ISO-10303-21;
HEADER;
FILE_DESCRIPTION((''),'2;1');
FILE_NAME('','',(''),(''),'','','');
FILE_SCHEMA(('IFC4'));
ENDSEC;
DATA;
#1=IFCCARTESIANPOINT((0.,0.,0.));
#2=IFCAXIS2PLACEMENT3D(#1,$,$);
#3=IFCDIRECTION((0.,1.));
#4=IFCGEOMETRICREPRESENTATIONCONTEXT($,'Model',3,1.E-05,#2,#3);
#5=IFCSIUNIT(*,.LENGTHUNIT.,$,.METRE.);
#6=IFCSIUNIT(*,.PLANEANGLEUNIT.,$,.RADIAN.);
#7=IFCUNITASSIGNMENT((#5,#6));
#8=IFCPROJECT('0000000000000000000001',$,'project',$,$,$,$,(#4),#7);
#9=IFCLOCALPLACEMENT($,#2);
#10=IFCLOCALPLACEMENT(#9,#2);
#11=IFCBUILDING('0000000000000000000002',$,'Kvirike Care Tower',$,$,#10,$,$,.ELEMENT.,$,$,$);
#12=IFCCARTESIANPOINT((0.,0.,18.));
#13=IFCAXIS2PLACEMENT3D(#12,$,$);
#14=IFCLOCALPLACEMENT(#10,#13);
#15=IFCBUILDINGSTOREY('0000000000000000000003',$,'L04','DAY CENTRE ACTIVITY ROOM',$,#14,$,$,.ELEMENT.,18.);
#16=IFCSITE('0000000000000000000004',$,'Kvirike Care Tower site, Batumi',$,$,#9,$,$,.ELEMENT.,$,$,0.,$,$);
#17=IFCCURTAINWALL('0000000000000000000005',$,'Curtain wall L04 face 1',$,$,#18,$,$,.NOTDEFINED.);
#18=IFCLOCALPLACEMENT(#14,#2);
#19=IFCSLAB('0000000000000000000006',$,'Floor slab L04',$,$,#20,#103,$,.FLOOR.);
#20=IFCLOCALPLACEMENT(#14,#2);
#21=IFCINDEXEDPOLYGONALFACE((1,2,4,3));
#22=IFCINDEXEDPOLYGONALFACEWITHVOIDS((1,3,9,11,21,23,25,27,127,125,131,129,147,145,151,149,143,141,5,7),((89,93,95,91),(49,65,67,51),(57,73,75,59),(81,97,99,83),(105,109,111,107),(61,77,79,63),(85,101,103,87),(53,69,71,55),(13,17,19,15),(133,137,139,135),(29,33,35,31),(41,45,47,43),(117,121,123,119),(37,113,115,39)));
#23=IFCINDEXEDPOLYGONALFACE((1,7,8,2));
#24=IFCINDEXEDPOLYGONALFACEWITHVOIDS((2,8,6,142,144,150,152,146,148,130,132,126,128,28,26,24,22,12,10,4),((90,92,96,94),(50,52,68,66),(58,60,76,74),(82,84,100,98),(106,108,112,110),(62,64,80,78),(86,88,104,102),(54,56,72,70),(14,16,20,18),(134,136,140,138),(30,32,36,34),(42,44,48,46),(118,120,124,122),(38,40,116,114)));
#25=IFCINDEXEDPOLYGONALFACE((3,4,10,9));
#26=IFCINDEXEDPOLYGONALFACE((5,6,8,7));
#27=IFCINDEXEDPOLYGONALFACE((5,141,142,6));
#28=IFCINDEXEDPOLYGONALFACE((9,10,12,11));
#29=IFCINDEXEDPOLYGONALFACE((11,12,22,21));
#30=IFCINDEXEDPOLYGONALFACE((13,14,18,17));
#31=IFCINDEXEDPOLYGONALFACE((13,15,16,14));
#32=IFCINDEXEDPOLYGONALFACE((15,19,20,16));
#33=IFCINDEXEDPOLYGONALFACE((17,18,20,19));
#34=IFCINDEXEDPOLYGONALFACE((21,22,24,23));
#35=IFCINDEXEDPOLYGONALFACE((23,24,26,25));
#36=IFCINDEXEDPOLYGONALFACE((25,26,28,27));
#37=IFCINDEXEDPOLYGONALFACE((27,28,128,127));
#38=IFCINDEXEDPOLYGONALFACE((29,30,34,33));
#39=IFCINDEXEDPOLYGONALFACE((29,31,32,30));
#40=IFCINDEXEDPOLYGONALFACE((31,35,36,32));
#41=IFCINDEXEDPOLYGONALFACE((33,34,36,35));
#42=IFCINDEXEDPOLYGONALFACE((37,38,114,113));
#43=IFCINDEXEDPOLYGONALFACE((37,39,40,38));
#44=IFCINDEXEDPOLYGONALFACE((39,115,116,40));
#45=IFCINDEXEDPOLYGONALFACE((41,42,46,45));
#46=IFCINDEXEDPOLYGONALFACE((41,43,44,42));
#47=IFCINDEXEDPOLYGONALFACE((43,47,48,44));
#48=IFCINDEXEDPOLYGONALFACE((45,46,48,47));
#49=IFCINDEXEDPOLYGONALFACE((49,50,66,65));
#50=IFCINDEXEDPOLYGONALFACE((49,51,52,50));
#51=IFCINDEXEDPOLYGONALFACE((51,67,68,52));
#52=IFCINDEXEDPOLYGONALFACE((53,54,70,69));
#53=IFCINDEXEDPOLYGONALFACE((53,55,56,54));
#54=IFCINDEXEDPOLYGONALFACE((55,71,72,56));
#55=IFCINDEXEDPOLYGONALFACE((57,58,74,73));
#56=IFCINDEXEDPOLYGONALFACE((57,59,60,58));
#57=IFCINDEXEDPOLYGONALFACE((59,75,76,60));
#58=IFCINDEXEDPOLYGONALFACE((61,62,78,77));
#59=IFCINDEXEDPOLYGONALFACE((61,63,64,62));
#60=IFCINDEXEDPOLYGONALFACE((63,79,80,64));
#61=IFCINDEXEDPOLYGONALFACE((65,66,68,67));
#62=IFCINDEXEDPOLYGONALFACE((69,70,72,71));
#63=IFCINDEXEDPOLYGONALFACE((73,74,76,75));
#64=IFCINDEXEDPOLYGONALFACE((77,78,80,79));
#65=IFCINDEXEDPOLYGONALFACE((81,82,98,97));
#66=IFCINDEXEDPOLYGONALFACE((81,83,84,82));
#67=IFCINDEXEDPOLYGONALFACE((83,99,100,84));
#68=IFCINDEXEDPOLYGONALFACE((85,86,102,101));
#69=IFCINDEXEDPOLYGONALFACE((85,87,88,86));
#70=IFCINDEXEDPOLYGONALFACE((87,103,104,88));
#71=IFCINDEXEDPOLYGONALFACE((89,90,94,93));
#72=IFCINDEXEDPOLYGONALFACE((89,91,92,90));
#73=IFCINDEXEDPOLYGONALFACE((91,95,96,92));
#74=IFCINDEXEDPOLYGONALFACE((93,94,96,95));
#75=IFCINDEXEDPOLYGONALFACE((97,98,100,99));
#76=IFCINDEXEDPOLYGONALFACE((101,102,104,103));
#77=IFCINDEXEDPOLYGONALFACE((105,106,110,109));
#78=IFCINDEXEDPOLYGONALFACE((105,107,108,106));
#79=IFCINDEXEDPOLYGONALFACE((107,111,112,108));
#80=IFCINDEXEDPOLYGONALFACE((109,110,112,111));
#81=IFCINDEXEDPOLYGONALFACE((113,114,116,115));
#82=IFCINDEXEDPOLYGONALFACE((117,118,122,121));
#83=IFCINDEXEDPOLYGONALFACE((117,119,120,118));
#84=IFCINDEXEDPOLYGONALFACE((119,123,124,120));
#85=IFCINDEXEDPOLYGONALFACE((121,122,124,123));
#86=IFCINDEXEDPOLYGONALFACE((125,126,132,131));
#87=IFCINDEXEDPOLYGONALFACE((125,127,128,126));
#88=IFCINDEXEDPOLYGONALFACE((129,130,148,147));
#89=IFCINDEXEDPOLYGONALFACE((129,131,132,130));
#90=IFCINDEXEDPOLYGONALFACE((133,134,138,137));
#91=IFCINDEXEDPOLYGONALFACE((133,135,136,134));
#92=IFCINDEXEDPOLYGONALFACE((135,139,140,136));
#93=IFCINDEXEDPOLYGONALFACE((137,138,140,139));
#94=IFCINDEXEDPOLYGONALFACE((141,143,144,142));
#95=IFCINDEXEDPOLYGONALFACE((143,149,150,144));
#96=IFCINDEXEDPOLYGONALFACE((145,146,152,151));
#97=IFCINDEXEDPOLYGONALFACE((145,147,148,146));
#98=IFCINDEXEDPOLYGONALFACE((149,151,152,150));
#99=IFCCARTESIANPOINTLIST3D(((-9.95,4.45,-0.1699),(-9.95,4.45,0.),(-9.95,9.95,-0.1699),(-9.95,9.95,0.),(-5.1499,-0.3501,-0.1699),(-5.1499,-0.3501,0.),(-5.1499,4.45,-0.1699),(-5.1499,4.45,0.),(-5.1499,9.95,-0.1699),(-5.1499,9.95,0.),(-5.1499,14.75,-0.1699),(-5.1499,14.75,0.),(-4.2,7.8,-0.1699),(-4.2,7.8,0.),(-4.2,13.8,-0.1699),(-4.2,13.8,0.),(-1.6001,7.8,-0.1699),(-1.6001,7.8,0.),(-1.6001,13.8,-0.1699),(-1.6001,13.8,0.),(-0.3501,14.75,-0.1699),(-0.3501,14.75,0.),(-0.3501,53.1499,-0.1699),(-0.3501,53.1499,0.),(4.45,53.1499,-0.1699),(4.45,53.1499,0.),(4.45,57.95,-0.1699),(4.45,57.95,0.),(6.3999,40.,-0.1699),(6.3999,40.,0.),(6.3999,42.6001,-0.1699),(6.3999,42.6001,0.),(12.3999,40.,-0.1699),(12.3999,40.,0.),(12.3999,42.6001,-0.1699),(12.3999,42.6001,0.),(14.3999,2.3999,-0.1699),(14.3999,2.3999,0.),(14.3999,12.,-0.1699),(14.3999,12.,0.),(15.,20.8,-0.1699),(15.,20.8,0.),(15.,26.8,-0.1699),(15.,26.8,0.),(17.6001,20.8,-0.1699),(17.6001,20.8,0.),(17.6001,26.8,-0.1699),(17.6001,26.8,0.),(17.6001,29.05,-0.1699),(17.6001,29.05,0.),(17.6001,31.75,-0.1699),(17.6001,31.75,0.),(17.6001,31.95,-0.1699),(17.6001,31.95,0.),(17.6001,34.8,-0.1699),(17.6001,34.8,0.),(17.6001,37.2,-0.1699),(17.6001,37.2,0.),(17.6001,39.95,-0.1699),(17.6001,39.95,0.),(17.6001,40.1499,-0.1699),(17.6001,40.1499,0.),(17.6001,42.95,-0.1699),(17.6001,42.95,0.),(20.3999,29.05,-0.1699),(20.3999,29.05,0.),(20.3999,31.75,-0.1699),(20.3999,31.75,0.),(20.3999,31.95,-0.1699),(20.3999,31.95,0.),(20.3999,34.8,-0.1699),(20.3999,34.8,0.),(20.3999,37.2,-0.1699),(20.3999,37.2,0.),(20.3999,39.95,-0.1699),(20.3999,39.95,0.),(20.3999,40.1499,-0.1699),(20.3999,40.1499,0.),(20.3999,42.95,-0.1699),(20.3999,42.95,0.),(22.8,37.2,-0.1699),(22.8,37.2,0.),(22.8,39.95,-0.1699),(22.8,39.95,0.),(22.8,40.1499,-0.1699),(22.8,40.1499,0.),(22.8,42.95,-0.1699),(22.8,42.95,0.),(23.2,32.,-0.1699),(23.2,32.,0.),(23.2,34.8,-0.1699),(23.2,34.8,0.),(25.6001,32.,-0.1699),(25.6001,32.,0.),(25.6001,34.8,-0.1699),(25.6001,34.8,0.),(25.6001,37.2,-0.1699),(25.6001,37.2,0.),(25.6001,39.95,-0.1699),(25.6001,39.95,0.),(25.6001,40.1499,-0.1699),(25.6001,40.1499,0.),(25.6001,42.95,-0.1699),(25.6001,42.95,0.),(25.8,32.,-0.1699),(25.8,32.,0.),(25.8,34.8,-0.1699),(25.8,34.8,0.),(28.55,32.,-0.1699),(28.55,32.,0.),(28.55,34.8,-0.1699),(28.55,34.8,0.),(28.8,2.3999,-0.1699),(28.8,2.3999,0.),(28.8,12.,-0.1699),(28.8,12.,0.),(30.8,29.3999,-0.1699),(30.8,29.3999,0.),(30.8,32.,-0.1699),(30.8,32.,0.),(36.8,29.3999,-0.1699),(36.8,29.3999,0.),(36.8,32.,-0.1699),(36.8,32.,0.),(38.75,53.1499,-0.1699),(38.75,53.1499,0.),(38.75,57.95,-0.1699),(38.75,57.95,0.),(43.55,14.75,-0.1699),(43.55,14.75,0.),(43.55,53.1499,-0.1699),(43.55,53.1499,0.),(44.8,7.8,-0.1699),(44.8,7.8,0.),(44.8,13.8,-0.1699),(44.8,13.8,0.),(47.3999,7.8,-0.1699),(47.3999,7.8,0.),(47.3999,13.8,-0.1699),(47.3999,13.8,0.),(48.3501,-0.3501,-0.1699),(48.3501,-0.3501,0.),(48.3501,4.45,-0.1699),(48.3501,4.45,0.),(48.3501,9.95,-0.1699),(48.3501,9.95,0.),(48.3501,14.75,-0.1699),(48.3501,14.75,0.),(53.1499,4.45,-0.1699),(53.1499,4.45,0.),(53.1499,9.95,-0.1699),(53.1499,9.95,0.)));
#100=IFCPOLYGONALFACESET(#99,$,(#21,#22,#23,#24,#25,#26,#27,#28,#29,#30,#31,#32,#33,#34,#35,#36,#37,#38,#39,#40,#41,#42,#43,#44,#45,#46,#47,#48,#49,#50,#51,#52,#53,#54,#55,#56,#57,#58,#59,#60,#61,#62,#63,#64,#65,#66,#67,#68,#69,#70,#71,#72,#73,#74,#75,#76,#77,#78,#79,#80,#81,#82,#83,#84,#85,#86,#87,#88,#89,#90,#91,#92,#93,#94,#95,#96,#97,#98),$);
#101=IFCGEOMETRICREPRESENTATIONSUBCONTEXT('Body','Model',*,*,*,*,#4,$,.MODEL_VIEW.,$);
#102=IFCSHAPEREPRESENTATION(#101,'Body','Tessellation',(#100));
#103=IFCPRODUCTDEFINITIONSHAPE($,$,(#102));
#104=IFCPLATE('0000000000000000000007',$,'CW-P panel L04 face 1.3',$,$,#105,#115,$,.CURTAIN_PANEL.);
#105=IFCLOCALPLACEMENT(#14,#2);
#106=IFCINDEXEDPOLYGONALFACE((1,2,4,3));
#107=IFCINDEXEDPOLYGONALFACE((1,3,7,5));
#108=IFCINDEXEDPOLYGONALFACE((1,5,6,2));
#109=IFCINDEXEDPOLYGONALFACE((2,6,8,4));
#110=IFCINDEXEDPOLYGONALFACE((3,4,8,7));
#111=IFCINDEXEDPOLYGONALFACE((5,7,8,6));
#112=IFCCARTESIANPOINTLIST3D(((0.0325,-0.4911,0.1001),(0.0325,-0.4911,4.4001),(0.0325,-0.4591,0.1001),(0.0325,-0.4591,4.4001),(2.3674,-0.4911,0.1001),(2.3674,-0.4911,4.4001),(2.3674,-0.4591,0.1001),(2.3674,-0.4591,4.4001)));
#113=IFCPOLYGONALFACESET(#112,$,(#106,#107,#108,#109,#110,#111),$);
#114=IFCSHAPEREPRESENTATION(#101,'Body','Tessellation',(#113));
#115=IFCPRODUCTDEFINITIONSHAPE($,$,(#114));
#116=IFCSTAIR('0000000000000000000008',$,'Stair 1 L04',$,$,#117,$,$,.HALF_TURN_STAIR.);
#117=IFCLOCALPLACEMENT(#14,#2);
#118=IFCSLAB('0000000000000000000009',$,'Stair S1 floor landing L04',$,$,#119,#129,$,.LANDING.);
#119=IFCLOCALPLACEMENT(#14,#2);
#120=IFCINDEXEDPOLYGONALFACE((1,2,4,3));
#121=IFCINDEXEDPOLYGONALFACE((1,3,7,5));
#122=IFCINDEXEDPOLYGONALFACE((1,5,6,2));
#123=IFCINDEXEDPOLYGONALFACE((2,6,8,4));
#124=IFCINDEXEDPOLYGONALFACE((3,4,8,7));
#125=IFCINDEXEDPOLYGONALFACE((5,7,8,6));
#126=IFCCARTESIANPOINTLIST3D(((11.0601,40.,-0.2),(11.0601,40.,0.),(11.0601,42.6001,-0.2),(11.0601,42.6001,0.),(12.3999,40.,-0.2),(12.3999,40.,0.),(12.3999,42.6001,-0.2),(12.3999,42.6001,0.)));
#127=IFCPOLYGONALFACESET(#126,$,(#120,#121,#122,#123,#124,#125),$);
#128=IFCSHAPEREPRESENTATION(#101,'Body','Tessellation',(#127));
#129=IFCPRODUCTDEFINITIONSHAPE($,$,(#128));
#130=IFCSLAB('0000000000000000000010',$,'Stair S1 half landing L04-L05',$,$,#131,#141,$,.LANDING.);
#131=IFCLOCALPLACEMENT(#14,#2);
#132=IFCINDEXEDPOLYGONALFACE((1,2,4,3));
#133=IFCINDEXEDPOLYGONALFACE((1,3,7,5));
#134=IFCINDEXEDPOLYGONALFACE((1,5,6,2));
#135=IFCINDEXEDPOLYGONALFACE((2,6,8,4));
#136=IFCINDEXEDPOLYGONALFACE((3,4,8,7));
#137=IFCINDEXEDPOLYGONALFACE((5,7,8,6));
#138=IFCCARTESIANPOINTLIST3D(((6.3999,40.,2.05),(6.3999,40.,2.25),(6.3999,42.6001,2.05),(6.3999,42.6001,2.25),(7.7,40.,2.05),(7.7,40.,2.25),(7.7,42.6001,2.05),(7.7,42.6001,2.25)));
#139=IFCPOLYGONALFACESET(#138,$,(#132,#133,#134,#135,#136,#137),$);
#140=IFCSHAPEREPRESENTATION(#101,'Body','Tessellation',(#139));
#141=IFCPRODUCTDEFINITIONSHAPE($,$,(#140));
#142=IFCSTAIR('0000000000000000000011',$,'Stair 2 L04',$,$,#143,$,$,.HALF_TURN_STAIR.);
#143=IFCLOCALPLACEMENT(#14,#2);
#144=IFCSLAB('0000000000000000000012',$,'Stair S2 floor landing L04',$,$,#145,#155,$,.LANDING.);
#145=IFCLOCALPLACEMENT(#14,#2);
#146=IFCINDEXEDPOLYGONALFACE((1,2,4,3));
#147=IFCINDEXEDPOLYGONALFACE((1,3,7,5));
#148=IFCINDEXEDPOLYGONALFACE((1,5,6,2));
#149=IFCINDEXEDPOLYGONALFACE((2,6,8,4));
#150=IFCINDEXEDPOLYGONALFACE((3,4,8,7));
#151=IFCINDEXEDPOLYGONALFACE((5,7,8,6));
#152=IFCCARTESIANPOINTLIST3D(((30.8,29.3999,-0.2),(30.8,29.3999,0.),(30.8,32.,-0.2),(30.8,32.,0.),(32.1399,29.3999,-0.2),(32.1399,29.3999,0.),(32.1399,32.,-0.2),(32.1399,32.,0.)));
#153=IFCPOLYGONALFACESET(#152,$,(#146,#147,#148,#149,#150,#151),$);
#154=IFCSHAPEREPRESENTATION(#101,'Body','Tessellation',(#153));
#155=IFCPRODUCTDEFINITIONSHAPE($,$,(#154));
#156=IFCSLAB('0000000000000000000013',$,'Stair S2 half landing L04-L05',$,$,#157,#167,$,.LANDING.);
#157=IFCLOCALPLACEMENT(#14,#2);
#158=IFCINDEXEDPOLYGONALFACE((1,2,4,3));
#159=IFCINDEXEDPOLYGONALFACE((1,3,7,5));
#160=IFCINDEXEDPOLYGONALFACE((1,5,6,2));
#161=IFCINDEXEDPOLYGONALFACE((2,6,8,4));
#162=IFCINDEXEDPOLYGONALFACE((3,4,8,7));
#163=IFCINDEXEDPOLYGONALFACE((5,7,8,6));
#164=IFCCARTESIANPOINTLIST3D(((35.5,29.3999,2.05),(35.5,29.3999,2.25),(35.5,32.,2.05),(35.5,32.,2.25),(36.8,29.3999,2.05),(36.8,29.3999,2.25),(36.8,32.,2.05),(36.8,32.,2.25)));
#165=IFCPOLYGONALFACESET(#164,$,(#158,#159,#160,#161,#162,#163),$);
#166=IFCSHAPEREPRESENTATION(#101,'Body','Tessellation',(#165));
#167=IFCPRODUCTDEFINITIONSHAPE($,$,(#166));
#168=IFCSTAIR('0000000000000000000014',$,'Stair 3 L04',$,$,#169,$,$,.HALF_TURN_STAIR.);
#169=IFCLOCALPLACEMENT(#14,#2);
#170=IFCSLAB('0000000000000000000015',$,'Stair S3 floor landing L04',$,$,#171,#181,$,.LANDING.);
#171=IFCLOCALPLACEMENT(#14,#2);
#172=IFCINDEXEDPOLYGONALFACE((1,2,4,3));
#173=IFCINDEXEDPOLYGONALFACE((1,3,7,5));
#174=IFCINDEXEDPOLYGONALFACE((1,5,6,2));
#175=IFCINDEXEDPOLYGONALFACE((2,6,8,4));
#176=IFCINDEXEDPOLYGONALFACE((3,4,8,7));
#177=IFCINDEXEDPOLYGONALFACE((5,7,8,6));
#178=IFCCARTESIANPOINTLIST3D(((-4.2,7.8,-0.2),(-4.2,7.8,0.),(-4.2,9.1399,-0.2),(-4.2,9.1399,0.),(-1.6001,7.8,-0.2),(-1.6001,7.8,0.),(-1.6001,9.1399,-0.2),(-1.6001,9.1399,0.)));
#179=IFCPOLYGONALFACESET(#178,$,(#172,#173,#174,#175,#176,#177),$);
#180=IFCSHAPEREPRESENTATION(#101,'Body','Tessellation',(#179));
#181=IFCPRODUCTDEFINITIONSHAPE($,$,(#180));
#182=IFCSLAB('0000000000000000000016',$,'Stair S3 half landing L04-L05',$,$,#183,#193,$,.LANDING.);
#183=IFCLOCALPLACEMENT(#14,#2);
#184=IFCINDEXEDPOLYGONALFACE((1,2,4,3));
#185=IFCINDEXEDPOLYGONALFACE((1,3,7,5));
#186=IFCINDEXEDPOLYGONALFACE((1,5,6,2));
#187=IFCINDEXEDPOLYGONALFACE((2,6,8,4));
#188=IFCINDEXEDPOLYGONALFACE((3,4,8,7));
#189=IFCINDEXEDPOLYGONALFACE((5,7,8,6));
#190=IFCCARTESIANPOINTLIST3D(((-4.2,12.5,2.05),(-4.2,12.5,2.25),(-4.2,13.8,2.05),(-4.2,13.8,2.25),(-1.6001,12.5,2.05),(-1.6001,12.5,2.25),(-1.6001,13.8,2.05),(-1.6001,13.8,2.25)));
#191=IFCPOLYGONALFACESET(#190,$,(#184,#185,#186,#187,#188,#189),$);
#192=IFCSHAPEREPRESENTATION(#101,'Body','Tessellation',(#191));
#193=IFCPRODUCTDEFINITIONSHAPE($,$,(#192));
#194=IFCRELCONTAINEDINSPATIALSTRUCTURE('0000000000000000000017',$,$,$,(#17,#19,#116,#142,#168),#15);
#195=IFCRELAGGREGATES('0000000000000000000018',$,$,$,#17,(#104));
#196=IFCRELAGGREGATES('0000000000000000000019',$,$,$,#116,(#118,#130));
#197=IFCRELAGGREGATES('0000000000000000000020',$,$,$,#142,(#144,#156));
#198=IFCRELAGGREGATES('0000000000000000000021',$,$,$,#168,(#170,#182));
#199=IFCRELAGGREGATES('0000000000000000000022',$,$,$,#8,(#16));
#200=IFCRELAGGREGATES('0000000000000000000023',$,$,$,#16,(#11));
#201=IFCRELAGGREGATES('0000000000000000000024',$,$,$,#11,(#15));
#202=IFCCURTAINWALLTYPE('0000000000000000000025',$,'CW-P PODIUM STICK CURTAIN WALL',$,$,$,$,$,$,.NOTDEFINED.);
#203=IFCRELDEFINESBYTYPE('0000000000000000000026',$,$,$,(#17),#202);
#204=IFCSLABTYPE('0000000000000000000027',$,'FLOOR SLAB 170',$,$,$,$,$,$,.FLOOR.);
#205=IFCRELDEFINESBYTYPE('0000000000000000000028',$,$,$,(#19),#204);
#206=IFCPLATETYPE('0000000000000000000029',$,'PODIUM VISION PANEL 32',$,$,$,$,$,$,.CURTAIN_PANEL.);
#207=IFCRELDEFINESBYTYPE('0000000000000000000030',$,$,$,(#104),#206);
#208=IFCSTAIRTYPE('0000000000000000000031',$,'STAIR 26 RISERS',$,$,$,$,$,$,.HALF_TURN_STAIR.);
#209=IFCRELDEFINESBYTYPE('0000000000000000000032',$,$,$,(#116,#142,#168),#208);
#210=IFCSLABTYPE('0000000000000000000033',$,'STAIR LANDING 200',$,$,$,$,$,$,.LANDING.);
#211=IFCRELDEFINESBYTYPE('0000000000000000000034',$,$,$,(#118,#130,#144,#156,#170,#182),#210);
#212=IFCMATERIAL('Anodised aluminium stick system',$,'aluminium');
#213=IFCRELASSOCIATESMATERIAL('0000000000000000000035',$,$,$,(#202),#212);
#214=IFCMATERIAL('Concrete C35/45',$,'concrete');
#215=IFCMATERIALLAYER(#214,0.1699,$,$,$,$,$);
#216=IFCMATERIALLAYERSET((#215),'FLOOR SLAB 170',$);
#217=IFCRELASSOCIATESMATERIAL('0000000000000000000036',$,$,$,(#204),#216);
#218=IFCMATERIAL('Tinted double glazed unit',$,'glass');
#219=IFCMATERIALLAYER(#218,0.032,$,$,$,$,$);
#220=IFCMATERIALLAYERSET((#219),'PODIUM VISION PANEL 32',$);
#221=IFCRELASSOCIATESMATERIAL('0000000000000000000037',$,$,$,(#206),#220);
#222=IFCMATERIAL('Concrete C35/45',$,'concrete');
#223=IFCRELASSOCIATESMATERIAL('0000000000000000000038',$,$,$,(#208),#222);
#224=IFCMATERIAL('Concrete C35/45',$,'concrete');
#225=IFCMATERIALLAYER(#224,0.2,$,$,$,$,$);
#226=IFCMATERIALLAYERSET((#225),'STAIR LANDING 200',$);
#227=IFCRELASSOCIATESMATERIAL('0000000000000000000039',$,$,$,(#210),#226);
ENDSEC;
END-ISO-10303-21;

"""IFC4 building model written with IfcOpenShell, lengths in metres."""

from ifc_helpers import new_model, si_unit, direction, frame, origin, origin_2d, place, context, subcontext, project, spatial, polyline, rectangle, outline, extrude, material, layer, layer_set, type_object, element, aggregate, save


model = new_model("IFC4")

# Units and contexts
model_context = context("Model", 3, precision=1e-05, world=origin(), true_north=direction((0.0, 1.0)))
body_context = subcontext(model_context, "Body", "Model", "MODEL_VIEW")
ifc_project = project(units=[si_unit("LENGTHUNIT", "METRE"), si_unit("PLANEANGLEUNIT", "RADIAN")], contexts=[model_context])

# Site, building, storey
site_placement = place(None, origin())
site = spatial("IfcSite", under=ifc_project, at=site_placement, Name="Kvirike Care Tower site, Batumi", CompositionType="ELEMENT", RefElevation=0.0)
building_placement = place(site_placement, origin())
building = spatial("IfcBuilding", under=site, at=building_placement, Name="Kvirike Care Tower", CompositionType="ELEMENT")
storey_placement = place(building_placement, frame((0.0, 0.0, 18.0)))
storey = spatial("IfcBuildingStorey", under=building, at=storey_placement, Name="L04", Description="DAY CENTRE ACTIVITY ROOM", CompositionType="ELEMENT", Elevation=18.0)

# Curtain wall
ifc_material_1 = material(Name="Anodised aluminium stick system", Category="aluminium")
curtain_wall_type = type_object("IfcCurtainWallType", Name="CW-P PODIUM STICK CURTAIN WALL", PredefinedType="NOTDEFINED", material=ifc_material_1)
curtain_wall_placement = place(storey_placement, origin())
curtain_wall = element("IfcCurtainWall", 1, at=curtain_wall_placement, inside=storey, type_object=curtain_wall_type, Name="Curtain wall L04 face 1", PredefinedType="NOTDEFINED")

# Slab
ifc_material_2 = material(Name="Concrete C35/45", Category="concrete")
ifc_layer_1 = layer(ifc_material_2, 0.1699)
ifc_layer_set_1 = layer_set([ifc_layer_1], Name="FLOOR SLAB 170")
slab_type_1 = type_object("IfcSlabType", Name="FLOOR SLAB 170", PredefinedType="FLOOR", material=ifc_layer_set_1)
slab_1_placement = place(storey_placement, frame((0.0, 0.0, -0.1699)))
element("IfcSlab", 2, at=slab_1_placement, inside=storey, type_object=slab_type_1, Name="Floor slab L04", PredefinedType="FLOOR", context=body_context, shape_type="SweptSolid", body=[
    extrude(outline(polyline([(-5.1499, -0.3501), (48.3501, -0.3501), (48.3501, 4.45), (53.1499, 4.45), (53.1499, 9.95), (48.3501, 9.95), (48.3501, 14.75), (43.55, 14.75), (43.55, 53.1499), (38.75, 53.1499), (38.75, 57.95), (4.45, 57.95), (4.45, 53.1499), (-0.3501, 53.1499), (-0.3501, 14.75), (-5.1499, 14.75), (-5.1499, 9.95), (-9.95, 9.95), (-9.95, 4.45), (-5.1499, 4.45), (-5.1499, -0.3501)]), holes=[polyline([(17.6001, 29.05), (17.6001, 31.75), (20.3999, 31.75), (20.3999, 29.05), (17.6001, 29.05)]), polyline([(17.6001, 31.95), (17.6001, 34.8), (20.3999, 34.8), (20.3999, 31.95), (17.6001, 31.95)]), polyline([(17.6001, 37.2), (17.6001, 39.95), (20.3999, 39.95), (20.3999, 37.2), (17.6001, 37.2)]), polyline([(17.6001, 40.1499), (17.6001, 42.95), (20.3999, 42.95), (20.3999, 40.1499), (17.6001, 40.1499)]), polyline([(22.8, 37.2), (22.8, 39.95), (25.6001, 39.95), (25.6001, 37.2), (22.8, 37.2)]), polyline([(22.8, 40.1499), (22.8, 42.95), (25.6001, 42.95), (25.6001, 40.1499), (22.8, 40.1499)]), polyline([(23.2, 32.0), (23.2, 34.8), (25.6001, 34.8), (25.6001, 32.0), (23.2, 32.0)]), polyline([(25.8, 32.0), (25.8, 34.8), (28.55, 34.8), (28.55, 32.0), (25.8, 32.0)]), polyline([(14.3999, 2.3999), (14.3999, 12.0), (28.8, 12.0), (28.8, 2.3999), (14.3999, 2.3999)]), polyline([(12.3999, 42.6001), (12.3999, 40.0), (6.3999, 40.0), (6.3999, 42.6001), (12.3999, 42.6001)]), polyline([(30.8, 29.3999), (30.8, 32.0), (36.8, 32.0), (36.8, 29.3999), (30.8, 29.3999)]), polyline([(-1.6001, 13.8), (-1.6001, 7.8), (-4.2, 7.8), (-4.2, 13.8), (-1.6001, 13.8)]), polyline([(47.3999, 13.8), (47.3999, 7.8), (44.8, 7.8), (44.8, 13.8), (47.3999, 13.8)]), polyline([(15.0, 26.8), (17.6001, 26.8), (17.6001, 20.8), (15.0, 20.8), (15.0, 26.8)])]), origin(), (0.0, 0.0, 1.0), 0.1699),
])

# Plate
ifc_material_3 = material(Name="Tinted double glazed unit", Category="glass")
ifc_layer_2 = layer(ifc_material_3, 0.032)
ifc_layer_set_2 = layer_set([ifc_layer_2], Name="PODIUM VISION PANEL 32")
plate_type = type_object("IfcPlateType", Name="PODIUM VISION PANEL 32", PredefinedType="CURTAIN_PANEL", material=ifc_layer_set_2)
plate_placement = place(storey_placement, frame((1.2, -0.4751, 0.1001), z_axis=(0.0, 0.0, 1.0), x_axis=(1.0, 0.0, 0.0)))
plate = element("IfcPlate", 3, at=plate_placement, type_object=plate_type, Name="CW-P panel L04 face 1.3", PredefinedType="CURTAIN_PANEL", context=body_context, shape_type="SweptSolid", body=[
    extrude(rectangle(XDim=2.335, YDim=0.032, at=origin_2d()), origin(), (0.0, 0.0, 1.0), 4.3),
])
aggregate(curtain_wall, [plate])

# Stairs, slabs
ifc_material_4 = material(Name="Concrete C35/45", Category="concrete")
stair_type = type_object("IfcStairType", Name="STAIR 26 RISERS", PredefinedType="HALF_TURN_STAIR", material=ifc_material_4)
stair_1_placement = place(storey_placement, origin())
stair_1 = element("IfcStair", 4, at=stair_1_placement, inside=storey, type_object=stair_type, Name="Stair 1 L04", PredefinedType="HALF_TURN_STAIR")
ifc_material_5 = material(Name="Concrete C35/45", Category="concrete")
ifc_layer_3 = layer(ifc_material_5, 0.2)
ifc_layer_set_3 = layer_set([ifc_layer_3], Name="STAIR LANDING 200")
slab_type_2 = type_object("IfcSlabType", Name="STAIR LANDING 200", PredefinedType="LANDING", material=ifc_layer_set_3)
slab_2_placement = place(storey_placement, frame((0.0, 0.0, -0.2)))
slab_2 = element("IfcSlab", 5, at=slab_2_placement, type_object=slab_type_2, Name="Stair S1 floor landing L04", PredefinedType="LANDING", context=body_context, shape_type="SweptSolid", body=[
    extrude(outline(polyline([(11.0601, 42.6001), (11.0601, 40.0), (12.3999, 40.0), (12.3999, 42.6001), (11.0601, 42.6001)])), origin(), (0.0, 0.0, 1.0), 0.2),
])
slab_3_placement = place(storey_placement, frame((0.0, 0.0, 2.05)))
slab_3 = element("IfcSlab", 6, at=slab_3_placement, type_object=slab_type_2, Name="Stair S1 half landing L04-L05", PredefinedType="LANDING", context=body_context, shape_type="SweptSolid", body=[
    extrude(outline(polyline([(6.3999, 42.6001), (6.3999, 40.0), (7.7, 40.0), (7.7, 42.6001), (6.3999, 42.6001)])), origin(), (0.0, 0.0, 1.0), 0.2),
])
aggregate(stair_1, [slab_2, slab_3])
stair_2_placement = place(storey_placement, origin())
stair_2 = element("IfcStair", 7, at=stair_2_placement, inside=storey, type_object=stair_type, Name="Stair 2 L04", PredefinedType="HALF_TURN_STAIR")
slab_4_placement = place(storey_placement, frame((0.0, 0.0, -0.2)))
slab_4 = element("IfcSlab", 8, at=slab_4_placement, type_object=slab_type_2, Name="Stair S2 floor landing L04", PredefinedType="LANDING", context=body_context, shape_type="SweptSolid", body=[
    extrude(outline(polyline([(32.1399, 29.3999), (32.1399, 32.0), (30.8, 32.0), (30.8, 29.3999), (32.1399, 29.3999)])), origin(), (0.0, 0.0, 1.0), 0.2),
])
slab_5_placement = place(storey_placement, frame((0.0, 0.0, 2.05)))
slab_5 = element("IfcSlab", 9, at=slab_5_placement, type_object=slab_type_2, Name="Stair S2 half landing L04-L05", PredefinedType="LANDING", context=body_context, shape_type="SweptSolid", body=[
    extrude(outline(polyline([(36.8, 29.3999), (36.8, 32.0), (35.5, 32.0), (35.5, 29.3999), (36.8, 29.3999)])), origin(), (0.0, 0.0, 1.0), 0.2),
])
aggregate(stair_2, [slab_4, slab_5])
stair_3_placement = place(storey_placement, origin())
stair_3 = element("IfcStair", 10, at=stair_3_placement, inside=storey, type_object=stair_type, Name="Stair 3 L04", PredefinedType="HALF_TURN_STAIR")
slab_6_placement = place(storey_placement, frame((0.0, 0.0, -0.2)))
slab_6 = element("IfcSlab", 11, at=slab_6_placement, type_object=slab_type_2, Name="Stair S3 floor landing L04", PredefinedType="LANDING", context=body_context, shape_type="SweptSolid", body=[
    extrude(outline(polyline([(-4.2, 7.8), (-1.6001, 7.8), (-1.6001, 9.1399), (-4.2, 9.1399), (-4.2, 7.8)])), origin(), (0.0, 0.0, 1.0), 0.2),
])
slab_7_placement = place(storey_placement, frame((0.0, 0.0, 2.05)))
slab_7 = element("IfcSlab", 12, at=slab_7_placement, type_object=slab_type_2, Name="Stair S3 half landing L04-L05", PredefinedType="LANDING", context=body_context, shape_type="SweptSolid", body=[
    extrude(outline(polyline([(-4.2, 12.5), (-1.6001, 12.5), (-1.6001, 13.8), (-4.2, 13.8), (-4.2, 12.5)])), origin(), (0.0, 0.0, 1.0), 0.2),
])
aggregate(stair_3, [slab_6, slab_7])

save(model, "model.ifc")
